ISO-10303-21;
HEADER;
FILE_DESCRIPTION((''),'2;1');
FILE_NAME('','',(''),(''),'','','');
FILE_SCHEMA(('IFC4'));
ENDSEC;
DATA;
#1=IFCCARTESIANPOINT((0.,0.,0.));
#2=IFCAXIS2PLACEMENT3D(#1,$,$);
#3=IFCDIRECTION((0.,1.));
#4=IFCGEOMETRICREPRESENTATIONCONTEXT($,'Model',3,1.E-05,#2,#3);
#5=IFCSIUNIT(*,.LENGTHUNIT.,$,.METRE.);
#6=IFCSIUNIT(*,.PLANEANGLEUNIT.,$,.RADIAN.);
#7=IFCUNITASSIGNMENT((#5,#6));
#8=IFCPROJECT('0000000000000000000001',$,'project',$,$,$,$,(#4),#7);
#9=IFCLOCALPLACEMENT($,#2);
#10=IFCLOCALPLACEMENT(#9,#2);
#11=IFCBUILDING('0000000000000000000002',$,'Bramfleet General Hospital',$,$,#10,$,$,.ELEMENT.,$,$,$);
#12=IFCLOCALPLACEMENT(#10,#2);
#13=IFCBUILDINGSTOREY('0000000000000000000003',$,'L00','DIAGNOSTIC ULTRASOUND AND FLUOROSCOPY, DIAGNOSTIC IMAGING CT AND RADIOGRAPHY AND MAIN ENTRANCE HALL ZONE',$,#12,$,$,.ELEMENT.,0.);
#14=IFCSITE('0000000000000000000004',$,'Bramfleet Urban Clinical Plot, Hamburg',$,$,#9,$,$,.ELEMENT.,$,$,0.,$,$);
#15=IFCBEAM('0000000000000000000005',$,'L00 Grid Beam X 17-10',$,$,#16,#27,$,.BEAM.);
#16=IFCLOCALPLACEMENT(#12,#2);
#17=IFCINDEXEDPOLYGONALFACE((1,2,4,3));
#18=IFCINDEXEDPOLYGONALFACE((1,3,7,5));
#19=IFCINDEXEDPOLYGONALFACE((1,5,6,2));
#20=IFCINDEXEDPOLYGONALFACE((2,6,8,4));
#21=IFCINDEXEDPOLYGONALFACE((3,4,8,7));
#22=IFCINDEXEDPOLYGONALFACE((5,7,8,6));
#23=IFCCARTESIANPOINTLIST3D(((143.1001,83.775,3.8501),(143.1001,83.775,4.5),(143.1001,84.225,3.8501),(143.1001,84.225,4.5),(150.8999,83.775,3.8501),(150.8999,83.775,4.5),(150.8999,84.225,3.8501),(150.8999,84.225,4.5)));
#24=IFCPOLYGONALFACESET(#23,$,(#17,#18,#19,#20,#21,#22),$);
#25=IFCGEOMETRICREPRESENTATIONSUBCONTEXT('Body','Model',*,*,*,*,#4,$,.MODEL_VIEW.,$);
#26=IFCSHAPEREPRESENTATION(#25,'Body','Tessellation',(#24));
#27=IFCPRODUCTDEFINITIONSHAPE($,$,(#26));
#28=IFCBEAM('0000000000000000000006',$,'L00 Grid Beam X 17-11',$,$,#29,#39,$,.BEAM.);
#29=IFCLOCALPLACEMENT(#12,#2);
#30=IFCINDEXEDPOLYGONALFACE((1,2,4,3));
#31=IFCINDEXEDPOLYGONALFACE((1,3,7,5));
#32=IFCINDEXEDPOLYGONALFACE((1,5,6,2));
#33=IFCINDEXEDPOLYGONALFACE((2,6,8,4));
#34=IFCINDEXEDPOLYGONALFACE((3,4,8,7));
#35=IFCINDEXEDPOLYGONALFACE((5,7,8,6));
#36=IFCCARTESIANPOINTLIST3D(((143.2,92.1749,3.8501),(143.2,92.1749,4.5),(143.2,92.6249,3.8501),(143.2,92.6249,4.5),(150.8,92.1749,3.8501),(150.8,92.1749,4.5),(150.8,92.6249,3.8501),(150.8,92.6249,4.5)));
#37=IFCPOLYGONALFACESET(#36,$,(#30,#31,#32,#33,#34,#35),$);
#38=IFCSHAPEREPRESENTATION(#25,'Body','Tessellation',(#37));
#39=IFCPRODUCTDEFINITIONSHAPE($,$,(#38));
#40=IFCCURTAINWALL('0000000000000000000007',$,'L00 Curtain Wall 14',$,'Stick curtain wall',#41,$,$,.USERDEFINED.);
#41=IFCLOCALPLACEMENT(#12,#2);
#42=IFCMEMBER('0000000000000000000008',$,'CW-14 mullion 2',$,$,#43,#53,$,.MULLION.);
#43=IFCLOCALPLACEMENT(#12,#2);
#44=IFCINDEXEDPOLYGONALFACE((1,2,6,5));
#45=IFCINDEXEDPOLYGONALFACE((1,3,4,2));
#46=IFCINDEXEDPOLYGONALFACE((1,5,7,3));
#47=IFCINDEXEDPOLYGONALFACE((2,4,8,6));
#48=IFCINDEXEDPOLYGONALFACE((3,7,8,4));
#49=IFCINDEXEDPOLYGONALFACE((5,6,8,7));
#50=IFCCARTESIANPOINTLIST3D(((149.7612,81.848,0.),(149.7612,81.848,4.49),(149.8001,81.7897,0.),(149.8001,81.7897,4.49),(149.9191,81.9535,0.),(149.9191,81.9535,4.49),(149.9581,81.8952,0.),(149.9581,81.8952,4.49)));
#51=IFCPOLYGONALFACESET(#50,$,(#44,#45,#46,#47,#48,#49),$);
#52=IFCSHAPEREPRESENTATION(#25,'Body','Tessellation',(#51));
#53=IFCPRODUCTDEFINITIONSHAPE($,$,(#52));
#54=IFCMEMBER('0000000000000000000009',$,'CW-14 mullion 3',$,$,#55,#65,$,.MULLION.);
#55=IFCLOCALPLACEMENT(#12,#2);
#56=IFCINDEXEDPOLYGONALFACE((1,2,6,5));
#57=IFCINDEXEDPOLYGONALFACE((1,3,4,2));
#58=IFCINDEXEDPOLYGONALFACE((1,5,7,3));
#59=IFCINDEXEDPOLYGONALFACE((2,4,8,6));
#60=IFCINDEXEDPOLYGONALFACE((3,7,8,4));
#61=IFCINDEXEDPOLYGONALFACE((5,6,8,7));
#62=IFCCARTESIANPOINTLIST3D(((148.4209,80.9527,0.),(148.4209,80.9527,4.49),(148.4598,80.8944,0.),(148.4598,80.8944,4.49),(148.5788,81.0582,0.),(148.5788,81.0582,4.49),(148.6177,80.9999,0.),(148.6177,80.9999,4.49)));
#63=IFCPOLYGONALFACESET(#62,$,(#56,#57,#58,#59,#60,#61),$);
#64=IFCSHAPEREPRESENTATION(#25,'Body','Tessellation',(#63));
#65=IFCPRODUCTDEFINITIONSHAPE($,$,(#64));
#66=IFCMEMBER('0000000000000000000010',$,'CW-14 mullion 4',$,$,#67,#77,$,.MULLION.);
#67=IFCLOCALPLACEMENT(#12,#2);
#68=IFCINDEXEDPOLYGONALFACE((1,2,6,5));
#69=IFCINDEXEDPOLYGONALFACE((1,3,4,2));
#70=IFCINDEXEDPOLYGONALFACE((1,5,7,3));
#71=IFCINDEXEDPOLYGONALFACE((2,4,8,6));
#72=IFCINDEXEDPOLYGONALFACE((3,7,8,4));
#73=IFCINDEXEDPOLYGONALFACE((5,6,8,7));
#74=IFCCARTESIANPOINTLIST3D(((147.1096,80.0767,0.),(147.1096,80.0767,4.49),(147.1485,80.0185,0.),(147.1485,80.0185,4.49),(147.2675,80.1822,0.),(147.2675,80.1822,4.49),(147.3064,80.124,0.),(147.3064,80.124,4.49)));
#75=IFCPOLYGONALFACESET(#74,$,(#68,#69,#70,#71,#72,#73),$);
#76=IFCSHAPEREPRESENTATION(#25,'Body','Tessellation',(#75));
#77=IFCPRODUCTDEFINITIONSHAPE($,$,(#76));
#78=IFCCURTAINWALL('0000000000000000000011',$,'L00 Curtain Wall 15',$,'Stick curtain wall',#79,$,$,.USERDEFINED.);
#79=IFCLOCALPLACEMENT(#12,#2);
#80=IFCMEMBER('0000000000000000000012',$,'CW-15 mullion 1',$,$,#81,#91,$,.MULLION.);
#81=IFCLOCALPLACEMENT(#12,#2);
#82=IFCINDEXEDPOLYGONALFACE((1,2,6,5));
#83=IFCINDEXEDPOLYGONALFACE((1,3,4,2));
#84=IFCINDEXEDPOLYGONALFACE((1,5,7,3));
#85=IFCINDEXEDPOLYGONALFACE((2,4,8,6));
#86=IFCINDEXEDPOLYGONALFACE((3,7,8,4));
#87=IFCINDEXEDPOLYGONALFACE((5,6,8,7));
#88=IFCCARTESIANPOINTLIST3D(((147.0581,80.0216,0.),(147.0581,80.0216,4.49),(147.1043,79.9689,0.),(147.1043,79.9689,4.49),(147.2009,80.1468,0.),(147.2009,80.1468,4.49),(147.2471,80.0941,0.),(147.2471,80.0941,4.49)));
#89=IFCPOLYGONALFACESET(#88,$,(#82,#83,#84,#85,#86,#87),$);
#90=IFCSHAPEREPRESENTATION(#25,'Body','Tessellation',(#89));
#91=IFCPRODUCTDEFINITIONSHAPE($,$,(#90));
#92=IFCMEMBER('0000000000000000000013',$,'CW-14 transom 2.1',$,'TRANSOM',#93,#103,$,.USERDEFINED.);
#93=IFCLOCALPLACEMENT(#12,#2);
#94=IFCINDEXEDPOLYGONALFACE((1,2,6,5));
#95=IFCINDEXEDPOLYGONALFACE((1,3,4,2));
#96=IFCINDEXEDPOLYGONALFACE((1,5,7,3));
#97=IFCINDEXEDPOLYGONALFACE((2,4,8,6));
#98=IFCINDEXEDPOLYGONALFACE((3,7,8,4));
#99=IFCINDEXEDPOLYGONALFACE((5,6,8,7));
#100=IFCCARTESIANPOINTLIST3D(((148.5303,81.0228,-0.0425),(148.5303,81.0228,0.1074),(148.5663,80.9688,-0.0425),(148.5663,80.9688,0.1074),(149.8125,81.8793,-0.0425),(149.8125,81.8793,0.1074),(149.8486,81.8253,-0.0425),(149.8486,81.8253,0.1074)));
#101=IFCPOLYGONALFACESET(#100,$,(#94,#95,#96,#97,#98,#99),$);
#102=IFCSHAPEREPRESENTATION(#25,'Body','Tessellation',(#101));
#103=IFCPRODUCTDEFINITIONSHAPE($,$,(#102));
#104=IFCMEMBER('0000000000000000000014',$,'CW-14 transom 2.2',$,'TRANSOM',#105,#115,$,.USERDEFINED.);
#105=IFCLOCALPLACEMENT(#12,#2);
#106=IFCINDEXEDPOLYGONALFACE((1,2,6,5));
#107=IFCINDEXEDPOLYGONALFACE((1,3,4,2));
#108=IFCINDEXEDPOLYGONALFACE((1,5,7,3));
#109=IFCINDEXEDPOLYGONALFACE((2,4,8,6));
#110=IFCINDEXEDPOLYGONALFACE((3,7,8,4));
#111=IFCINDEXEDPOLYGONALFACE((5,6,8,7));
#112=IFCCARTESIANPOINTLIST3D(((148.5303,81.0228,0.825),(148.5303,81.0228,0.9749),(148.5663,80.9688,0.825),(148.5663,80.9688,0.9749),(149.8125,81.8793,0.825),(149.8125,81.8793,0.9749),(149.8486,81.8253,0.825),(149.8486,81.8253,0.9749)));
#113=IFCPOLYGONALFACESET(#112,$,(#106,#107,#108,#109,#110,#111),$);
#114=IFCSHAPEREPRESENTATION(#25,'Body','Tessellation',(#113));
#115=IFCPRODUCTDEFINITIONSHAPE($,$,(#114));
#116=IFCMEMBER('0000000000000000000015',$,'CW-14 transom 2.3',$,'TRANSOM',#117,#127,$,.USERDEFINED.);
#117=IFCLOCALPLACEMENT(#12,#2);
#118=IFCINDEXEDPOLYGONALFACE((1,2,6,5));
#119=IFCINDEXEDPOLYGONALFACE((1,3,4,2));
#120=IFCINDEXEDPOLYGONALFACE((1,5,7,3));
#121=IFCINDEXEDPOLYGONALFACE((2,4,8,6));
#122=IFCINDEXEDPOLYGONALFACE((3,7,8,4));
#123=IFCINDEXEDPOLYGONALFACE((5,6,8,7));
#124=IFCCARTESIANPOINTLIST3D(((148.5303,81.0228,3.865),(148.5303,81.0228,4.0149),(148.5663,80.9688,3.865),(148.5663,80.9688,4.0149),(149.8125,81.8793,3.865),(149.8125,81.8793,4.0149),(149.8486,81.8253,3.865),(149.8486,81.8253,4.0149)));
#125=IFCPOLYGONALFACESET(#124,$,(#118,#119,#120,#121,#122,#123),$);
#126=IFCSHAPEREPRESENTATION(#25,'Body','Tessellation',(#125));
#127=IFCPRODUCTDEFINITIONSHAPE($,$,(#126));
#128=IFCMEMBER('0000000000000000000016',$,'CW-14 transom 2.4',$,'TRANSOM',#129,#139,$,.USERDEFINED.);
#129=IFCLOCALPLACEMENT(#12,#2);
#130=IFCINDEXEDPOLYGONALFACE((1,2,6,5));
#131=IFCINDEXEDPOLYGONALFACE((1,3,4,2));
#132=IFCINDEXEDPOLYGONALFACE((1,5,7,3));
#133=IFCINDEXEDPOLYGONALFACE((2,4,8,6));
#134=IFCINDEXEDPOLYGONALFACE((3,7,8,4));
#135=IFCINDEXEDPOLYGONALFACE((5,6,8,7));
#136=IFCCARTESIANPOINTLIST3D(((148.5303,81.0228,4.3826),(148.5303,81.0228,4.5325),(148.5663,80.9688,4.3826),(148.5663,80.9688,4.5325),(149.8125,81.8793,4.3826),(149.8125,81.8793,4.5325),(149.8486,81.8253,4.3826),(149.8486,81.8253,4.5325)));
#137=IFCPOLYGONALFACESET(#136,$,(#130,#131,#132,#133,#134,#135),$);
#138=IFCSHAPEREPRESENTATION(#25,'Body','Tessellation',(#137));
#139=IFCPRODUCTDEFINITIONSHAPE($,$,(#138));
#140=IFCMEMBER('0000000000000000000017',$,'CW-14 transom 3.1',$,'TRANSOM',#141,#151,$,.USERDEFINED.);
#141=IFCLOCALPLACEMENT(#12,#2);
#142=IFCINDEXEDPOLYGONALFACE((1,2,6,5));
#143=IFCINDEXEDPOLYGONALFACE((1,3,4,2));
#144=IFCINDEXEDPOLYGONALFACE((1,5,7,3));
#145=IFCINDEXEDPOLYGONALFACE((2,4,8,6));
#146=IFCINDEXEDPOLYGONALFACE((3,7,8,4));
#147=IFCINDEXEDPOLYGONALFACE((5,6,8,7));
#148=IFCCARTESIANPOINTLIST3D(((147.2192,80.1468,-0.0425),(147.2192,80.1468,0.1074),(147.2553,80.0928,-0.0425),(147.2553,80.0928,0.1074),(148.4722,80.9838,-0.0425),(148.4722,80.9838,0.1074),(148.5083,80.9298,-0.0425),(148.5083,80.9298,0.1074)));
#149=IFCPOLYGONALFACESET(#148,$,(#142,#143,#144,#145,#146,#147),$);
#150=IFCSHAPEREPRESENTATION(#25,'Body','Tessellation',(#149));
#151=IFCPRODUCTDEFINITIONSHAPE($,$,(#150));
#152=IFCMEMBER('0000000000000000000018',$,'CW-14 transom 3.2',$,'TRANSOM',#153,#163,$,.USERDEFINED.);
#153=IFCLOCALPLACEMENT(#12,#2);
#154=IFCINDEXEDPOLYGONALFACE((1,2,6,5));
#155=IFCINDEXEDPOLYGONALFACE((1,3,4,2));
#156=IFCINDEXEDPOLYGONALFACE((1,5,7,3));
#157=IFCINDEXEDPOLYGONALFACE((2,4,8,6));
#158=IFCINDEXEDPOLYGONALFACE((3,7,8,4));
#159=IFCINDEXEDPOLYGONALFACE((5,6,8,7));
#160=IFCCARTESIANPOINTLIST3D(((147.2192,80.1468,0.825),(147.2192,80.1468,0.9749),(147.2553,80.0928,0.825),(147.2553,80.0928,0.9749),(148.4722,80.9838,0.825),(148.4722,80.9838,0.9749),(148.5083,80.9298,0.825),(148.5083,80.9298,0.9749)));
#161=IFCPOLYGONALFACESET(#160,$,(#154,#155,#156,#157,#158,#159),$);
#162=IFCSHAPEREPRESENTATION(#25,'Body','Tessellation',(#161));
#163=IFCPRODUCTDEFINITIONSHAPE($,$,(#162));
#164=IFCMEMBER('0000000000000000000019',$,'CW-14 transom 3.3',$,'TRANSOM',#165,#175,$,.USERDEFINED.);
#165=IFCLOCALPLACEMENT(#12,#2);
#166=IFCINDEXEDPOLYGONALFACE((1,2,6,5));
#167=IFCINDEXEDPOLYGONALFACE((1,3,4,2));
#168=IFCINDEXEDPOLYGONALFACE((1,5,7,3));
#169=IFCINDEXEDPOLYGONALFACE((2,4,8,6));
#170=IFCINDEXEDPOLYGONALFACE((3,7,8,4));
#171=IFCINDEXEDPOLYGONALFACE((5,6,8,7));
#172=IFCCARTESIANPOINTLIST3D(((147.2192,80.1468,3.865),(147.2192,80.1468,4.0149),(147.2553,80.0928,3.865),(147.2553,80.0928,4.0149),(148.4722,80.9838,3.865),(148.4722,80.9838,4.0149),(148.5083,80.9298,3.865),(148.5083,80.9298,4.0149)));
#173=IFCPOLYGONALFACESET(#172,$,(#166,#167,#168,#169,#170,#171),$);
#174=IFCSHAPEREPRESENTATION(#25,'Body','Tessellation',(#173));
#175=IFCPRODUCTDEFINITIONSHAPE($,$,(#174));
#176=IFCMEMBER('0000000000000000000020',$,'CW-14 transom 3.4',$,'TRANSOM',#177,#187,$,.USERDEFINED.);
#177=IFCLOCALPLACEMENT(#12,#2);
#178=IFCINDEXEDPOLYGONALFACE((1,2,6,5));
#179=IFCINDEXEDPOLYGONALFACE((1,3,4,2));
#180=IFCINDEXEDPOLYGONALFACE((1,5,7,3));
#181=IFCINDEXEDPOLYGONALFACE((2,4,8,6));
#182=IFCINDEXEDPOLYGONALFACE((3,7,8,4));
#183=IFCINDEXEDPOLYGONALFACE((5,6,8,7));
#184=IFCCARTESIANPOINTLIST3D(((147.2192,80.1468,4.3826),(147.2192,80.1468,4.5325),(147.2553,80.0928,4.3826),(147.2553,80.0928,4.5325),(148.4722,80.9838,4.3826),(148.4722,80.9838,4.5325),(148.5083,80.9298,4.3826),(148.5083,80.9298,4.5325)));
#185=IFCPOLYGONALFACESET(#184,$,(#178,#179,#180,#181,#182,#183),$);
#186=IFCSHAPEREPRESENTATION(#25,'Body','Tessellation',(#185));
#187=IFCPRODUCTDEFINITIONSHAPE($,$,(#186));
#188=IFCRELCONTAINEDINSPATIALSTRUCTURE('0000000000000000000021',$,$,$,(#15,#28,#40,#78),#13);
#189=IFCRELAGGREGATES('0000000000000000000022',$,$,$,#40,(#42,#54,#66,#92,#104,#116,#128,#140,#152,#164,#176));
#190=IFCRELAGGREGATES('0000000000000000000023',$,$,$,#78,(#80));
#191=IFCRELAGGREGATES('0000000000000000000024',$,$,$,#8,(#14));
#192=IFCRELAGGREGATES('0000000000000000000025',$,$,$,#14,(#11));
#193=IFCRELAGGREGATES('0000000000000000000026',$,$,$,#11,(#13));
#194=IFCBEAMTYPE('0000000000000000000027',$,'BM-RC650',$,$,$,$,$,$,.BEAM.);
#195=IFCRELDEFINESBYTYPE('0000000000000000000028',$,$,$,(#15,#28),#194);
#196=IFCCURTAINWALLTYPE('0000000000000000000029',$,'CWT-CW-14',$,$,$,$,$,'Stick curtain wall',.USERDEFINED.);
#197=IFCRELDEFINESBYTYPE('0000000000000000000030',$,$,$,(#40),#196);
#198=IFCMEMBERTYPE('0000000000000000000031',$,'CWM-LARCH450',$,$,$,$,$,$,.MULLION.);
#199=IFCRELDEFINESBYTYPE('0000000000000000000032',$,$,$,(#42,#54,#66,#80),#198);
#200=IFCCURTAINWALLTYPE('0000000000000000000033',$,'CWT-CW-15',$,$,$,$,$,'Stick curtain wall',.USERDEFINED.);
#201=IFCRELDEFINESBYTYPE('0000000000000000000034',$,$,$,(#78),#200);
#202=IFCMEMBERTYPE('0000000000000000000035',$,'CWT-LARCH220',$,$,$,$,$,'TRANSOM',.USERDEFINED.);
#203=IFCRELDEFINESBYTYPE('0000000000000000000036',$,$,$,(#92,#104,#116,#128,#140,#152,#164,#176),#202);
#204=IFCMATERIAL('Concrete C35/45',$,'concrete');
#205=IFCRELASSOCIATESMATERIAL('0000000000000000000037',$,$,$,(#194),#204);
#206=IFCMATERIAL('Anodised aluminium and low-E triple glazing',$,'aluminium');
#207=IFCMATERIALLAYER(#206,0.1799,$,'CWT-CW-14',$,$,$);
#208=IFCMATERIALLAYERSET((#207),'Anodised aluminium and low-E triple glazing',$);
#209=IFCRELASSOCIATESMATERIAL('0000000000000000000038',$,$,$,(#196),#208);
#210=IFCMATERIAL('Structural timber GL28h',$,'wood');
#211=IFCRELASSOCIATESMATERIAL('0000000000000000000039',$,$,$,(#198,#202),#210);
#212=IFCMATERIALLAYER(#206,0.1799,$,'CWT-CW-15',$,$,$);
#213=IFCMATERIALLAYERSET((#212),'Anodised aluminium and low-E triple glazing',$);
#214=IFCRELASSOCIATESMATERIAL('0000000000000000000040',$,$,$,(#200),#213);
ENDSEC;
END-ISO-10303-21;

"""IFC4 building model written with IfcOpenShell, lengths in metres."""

from ifc_helpers import new_model, si_unit, direction, frame, origin, origin_2d, place, context, subcontext, project, spatial, rectangle, extrude, material, layer, layer_set, material_profile, profile_set, type_object, element, aggregate, save


model = new_model("IFC4")

# Units and contexts
model_context = context("Model", 3, precision=1e-05, world=origin(), true_north=direction((0.0, 1.0)))
body_context = subcontext(model_context, "Body", "Model", "MODEL_VIEW")
ifc_project = project(units=[si_unit("LENGTHUNIT", "METRE"), si_unit("PLANEANGLEUNIT", "RADIAN")], contexts=[model_context])

# Site, building, storey
site_placement = place(None, origin())
site = spatial("IfcSite", under=ifc_project, at=site_placement, Name="Bramfleet Urban Clinical Plot, Hamburg", CompositionType="ELEMENT", RefElevation=0.0)
building_placement = place(site_placement, origin())
building = spatial("IfcBuilding", under=site, at=building_placement, Name="Bramfleet General Hospital", CompositionType="ELEMENT")
storey_placement = place(building_placement, origin())
storey = spatial("IfcBuildingStorey", under=building, at=storey_placement, Name="L00", Description="DIAGNOSTIC ULTRASOUND AND FLUOROSCOPY, DIAGNOSTIC IMAGING CT AND RADIOGRAPHY AND MAIN ENTRANCE HALL ZONE", CompositionType="ELEMENT", Elevation=0.0)

# Beams
ifc_material_1 = material(Name="Concrete C35/45", Category="concrete")
ifc_material_profile_1 = material_profile(ifc_material_1, rectangle(XDim=0.45, YDim=0.6499, at=origin_2d()), Name="RC BM 650x450")
ifc_profile_set_1 = profile_set([ifc_material_profile_1], Name="Concrete C35/45")
beam_type = type_object("IfcBeamType", Name="BM-RC650", PredefinedType="BEAM", material=ifc_profile_set_1)
beam_1_placement = place(storey_placement, frame((143.1001, 84.0, 4.175), z_axis=(1.0, 0.0, 0.0), x_axis=(0.0, 1.0, 0.0)))
element("IfcBeam", 1, at=beam_1_placement, inside=storey, type_object=beam_type, Name="L00 Grid Beam X 17-10", PredefinedType="BEAM", context=body_context, shape_type="SweptSolid", body=[
    extrude(rectangle(XDim=0.45, YDim=0.6499, at=origin_2d()), origin(), (0.0, 0.0, 1.0), 7.7998),
])
beam_2_placement = place(storey_placement, frame((143.2, 92.3999, 4.175), z_axis=(1.0, 0.0, 0.0), x_axis=(0.0, 1.0, 0.0)))
element("IfcBeam", 2, at=beam_2_placement, inside=storey, type_object=beam_type, Name="L00 Grid Beam X 17-11", PredefinedType="BEAM", context=body_context, shape_type="SweptSolid", body=[
    extrude(rectangle(XDim=0.45, YDim=0.6499, at=origin_2d()), origin(), (0.0, 0.0, 1.0), 7.6001),
])

# Curtain wall, members
ifc_material_2 = material(Name="Anodised aluminium and low-E triple glazing", Category="aluminium")
ifc_layer_1 = layer(ifc_material_2, 0.1799, Name="CWT-CW-14")
ifc_layer_set_1 = layer_set([ifc_layer_1], Name="Anodised aluminium and low-E triple glazing")
curtain_wall_type_1 = type_object("IfcCurtainWallType", Name="CWT-CW-14", ElementType="Stick curtain wall", PredefinedType="USERDEFINED", material=ifc_layer_set_1)
curtain_wall_1_placement = place(storey_placement, origin())
curtain_wall_1 = element("IfcCurtainWall", 3, at=curtain_wall_1_placement, inside=storey, type_object=curtain_wall_type_1, Name="L00 Curtain Wall 14", ObjectType="Stick curtain wall", PredefinedType="USERDEFINED")
ifc_material_3 = material(Name="Structural timber GL28h", Category="wood")
ifc_material_profile_2 = material_profile(ifc_material_3, rectangle(XDim=0.0701, YDim=0.1899, at=origin_2d()), Name="LARCH 190x70")
ifc_profile_set_2 = profile_set([ifc_material_profile_2], Name="Structural timber GL28h")
member_type_1 = type_object("IfcMemberType", Name="CWM-LARCH450", PredefinedType="MULLION", material=ifc_profile_set_2)
member_1_placement = place(storey_placement, frame((149.8596, 81.8716, 0.0), z_axis=(0.0, 0.0, 1.0), x_axis=(0.555464, -0.831541, 0.0)))
member_1 = element("IfcMember", 4, at=member_1_placement, type_object=member_type_1, Name="CW-14 mullion 2", PredefinedType="MULLION", context=body_context, shape_type="SweptSolid", body=[
    extrude(rectangle(XDim=0.0701, YDim=0.1899, at=origin_2d()), origin(), (0.0, 0.0, 1.0), 4.49),
])
member_2_placement = place(storey_placement, frame((148.5193, 80.9763, 0.0), z_axis=(0.0, 0.0, 1.0), x_axis=(0.555464, -0.831541, 0.0)))
member_2 = element("IfcMember", 5, at=member_2_placement, type_object=member_type_1, Name="CW-14 mullion 3", PredefinedType="MULLION", context=body_context, shape_type="SweptSolid", body=[
    extrude(rectangle(XDim=0.0701, YDim=0.1899, at=origin_2d()), origin(), (0.0, 0.0, 1.0), 4.49),
])
member_3_placement = place(storey_placement, frame((147.208, 80.1003, 0.0), z_axis=(0.0, 0.0, 1.0), x_axis=(0.555464, -0.831541, 0.0)))
member_3 = element("IfcMember", 6, at=member_3_placement, type_object=member_type_1, Name="CW-14 mullion 4", PredefinedType="MULLION", context=body_context, shape_type="SweptSolid", body=[
    extrude(rectangle(XDim=0.0701, YDim=0.1899, at=origin_2d()), origin(), (0.0, 0.0, 1.0), 4.49),
])

# Curtain wall, member
ifc_layer_2 = layer(ifc_material_2, 0.1799, Name="CWT-CW-15")
ifc_layer_set_2 = layer_set([ifc_layer_2], Name="Anodised aluminium and low-E triple glazing")
curtain_wall_type_2 = type_object("IfcCurtainWallType", Name="CWT-CW-15", ElementType="Stick curtain wall", PredefinedType="USERDEFINED", material=ifc_layer_set_2)
curtain_wall_2_placement = place(storey_placement, origin())
curtain_wall_2 = element("IfcCurtainWall", 7, at=curtain_wall_2_placement, inside=storey, type_object=curtain_wall_type_2, Name="L00 Curtain Wall 15", ObjectType="Stick curtain wall", PredefinedType="USERDEFINED")
member_4_placement = place(storey_placement, frame((147.1526, 80.0579, 0.0), z_axis=(0.0, 0.0, 1.0), x_axis=(0.659406, -0.751787, 0.0)))
member_4 = element("IfcMember", 8, at=member_4_placement, type_object=member_type_1, Name="CW-15 mullion 1", PredefinedType="MULLION", context=body_context, shape_type="SweptSolid", body=[
    extrude(rectangle(XDim=0.0701, YDim=0.1899, at=origin_2d()), origin(), (0.0, 0.0, 1.0), 4.49),
])

# Members
ifc_material_profile_3 = material_profile(ifc_material_3, rectangle(XDim=0.0649, YDim=0.1499, at=origin_2d()), Name="LARCH 150x65")
ifc_profile_set_3 = profile_set([ifc_material_profile_3], Name="Structural timber GL28h")
member_type_2 = type_object("IfcMemberType", Name="CWT-LARCH220", ElementType="TRANSOM", PredefinedType="USERDEFINED", material=ifc_profile_set_3)
member_5_placement = place(storey_placement, frame((149.8306, 81.8523, 0.0325), z_axis=(-0.831563, -0.555431, 0.0), x_axis=(0.555431, -0.831563, 0.0)))
member_5 = element("IfcMember", 9, at=member_5_placement, type_object=member_type_2, Name="CW-14 transom 2.1", ObjectType="TRANSOM", PredefinedType="USERDEFINED", context=body_context, shape_type="SweptSolid", body=[
    extrude(rectangle(XDim=0.0649, YDim=0.1499, at=origin_2d()), origin(), (0.0, 0.0, 1.0), 1.542),
])
member_6_placement = place(storey_placement, frame((149.8306, 81.8523, 0.8999), z_axis=(-0.831563, -0.555431, 0.0), x_axis=(0.555431, -0.831563, 0.0)))
member_6 = element("IfcMember", 10, at=member_6_placement, type_object=member_type_2, Name="CW-14 transom 2.2", ObjectType="TRANSOM", PredefinedType="USERDEFINED", context=body_context, shape_type="SweptSolid", body=[
    extrude(rectangle(XDim=0.0649, YDim=0.1499, at=origin_2d()), origin(), (0.0, 0.0, 1.0), 1.542),
])
member_7_placement = place(storey_placement, frame((149.8306, 81.8523, 3.9399), z_axis=(-0.831563, -0.555431, 0.0), x_axis=(0.555431, -0.831563, 0.0)))
member_7 = element("IfcMember", 11, at=member_7_placement, type_object=member_type_2, Name="CW-14 transom 2.3", ObjectType="TRANSOM", PredefinedType="USERDEFINED", context=body_context, shape_type="SweptSolid", body=[
    extrude(rectangle(XDim=0.0649, YDim=0.1499, at=origin_2d()), origin(), (0.0, 0.0, 1.0), 1.542),
])
member_8_placement = place(storey_placement, frame((149.8306, 81.8523, 4.4575), z_axis=(-0.831563, -0.555431, 0.0), x_axis=(0.555431, -0.831563, 0.0)))
member_8 = element("IfcMember", 12, at=member_8_placement, type_object=member_type_2, Name="CW-14 transom 2.4", ObjectType="TRANSOM", PredefinedType="USERDEFINED", context=body_context, shape_type="SweptSolid", body=[
    extrude(rectangle(XDim=0.0649, YDim=0.1499, at=origin_2d()), origin(), (0.0, 0.0, 1.0), 1.542),
])
member_9_placement = place(storey_placement, frame((148.4902, 80.9568, 0.0325), z_axis=(-0.831551, -0.555448, 0.0), x_axis=(0.555448, -0.831551, 0.0)))
member_9 = element("IfcMember", 13, at=member_9_placement, type_object=member_type_2, Name="CW-14 transom 3.1", ObjectType="TRANSOM", PredefinedType="USERDEFINED", context=body_context, shape_type="SweptSolid", body=[
    extrude(rectangle(XDim=0.0649, YDim=0.1499, at=origin_2d()), origin(), (0.0, 0.0, 1.0), 1.5068),
])
member_10_placement = place(storey_placement, frame((148.4902, 80.9568, 0.8999), z_axis=(-0.831551, -0.555448, 0.0), x_axis=(0.555448, -0.831551, 0.0)))
member_10 = element("IfcMember", 14, at=member_10_placement, type_object=member_type_2, Name="CW-14 transom 3.2", ObjectType="TRANSOM", PredefinedType="USERDEFINED", context=body_context, shape_type="SweptSolid", body=[
    extrude(rectangle(XDim=0.0649, YDim=0.1499, at=origin_2d()), origin(), (0.0, 0.0, 1.0), 1.5068),
])
member_11_placement = place(storey_placement, frame((148.4902, 80.9568, 3.9399), z_axis=(-0.831551, -0.555448, 0.0), x_axis=(0.555448, -0.831551, 0.0)))
member_11 = element("IfcMember", 15, at=member_11_placement, type_object=member_type_2, Name="CW-14 transom 3.3", ObjectType="TRANSOM", PredefinedType="USERDEFINED", context=body_context, shape_type="SweptSolid", body=[
    extrude(rectangle(XDim=0.0649, YDim=0.1499, at=origin_2d()), origin(), (0.0, 0.0, 1.0), 1.5068),
])
member_12_placement = place(storey_placement, frame((148.4902, 80.9568, 4.4575), z_axis=(-0.831551, -0.555448, 0.0), x_axis=(0.555448, -0.831551, 0.0)))
member_12 = element("IfcMember", 16, at=member_12_placement, type_object=member_type_2, Name="CW-14 transom 3.4", ObjectType="TRANSOM", PredefinedType="USERDEFINED", context=body_context, shape_type="SweptSolid", body=[
    extrude(rectangle(XDim=0.0649, YDim=0.1499, at=origin_2d()), origin(), (0.0, 0.0, 1.0), 1.5068),
])

aggregate(curtain_wall_1, [member_1, member_2, member_3, member_5, member_6, member_7, member_8, member_9, member_10, member_11, member_12])
aggregate(curtain_wall_2, [member_4])

save(model, "model.ifc")
